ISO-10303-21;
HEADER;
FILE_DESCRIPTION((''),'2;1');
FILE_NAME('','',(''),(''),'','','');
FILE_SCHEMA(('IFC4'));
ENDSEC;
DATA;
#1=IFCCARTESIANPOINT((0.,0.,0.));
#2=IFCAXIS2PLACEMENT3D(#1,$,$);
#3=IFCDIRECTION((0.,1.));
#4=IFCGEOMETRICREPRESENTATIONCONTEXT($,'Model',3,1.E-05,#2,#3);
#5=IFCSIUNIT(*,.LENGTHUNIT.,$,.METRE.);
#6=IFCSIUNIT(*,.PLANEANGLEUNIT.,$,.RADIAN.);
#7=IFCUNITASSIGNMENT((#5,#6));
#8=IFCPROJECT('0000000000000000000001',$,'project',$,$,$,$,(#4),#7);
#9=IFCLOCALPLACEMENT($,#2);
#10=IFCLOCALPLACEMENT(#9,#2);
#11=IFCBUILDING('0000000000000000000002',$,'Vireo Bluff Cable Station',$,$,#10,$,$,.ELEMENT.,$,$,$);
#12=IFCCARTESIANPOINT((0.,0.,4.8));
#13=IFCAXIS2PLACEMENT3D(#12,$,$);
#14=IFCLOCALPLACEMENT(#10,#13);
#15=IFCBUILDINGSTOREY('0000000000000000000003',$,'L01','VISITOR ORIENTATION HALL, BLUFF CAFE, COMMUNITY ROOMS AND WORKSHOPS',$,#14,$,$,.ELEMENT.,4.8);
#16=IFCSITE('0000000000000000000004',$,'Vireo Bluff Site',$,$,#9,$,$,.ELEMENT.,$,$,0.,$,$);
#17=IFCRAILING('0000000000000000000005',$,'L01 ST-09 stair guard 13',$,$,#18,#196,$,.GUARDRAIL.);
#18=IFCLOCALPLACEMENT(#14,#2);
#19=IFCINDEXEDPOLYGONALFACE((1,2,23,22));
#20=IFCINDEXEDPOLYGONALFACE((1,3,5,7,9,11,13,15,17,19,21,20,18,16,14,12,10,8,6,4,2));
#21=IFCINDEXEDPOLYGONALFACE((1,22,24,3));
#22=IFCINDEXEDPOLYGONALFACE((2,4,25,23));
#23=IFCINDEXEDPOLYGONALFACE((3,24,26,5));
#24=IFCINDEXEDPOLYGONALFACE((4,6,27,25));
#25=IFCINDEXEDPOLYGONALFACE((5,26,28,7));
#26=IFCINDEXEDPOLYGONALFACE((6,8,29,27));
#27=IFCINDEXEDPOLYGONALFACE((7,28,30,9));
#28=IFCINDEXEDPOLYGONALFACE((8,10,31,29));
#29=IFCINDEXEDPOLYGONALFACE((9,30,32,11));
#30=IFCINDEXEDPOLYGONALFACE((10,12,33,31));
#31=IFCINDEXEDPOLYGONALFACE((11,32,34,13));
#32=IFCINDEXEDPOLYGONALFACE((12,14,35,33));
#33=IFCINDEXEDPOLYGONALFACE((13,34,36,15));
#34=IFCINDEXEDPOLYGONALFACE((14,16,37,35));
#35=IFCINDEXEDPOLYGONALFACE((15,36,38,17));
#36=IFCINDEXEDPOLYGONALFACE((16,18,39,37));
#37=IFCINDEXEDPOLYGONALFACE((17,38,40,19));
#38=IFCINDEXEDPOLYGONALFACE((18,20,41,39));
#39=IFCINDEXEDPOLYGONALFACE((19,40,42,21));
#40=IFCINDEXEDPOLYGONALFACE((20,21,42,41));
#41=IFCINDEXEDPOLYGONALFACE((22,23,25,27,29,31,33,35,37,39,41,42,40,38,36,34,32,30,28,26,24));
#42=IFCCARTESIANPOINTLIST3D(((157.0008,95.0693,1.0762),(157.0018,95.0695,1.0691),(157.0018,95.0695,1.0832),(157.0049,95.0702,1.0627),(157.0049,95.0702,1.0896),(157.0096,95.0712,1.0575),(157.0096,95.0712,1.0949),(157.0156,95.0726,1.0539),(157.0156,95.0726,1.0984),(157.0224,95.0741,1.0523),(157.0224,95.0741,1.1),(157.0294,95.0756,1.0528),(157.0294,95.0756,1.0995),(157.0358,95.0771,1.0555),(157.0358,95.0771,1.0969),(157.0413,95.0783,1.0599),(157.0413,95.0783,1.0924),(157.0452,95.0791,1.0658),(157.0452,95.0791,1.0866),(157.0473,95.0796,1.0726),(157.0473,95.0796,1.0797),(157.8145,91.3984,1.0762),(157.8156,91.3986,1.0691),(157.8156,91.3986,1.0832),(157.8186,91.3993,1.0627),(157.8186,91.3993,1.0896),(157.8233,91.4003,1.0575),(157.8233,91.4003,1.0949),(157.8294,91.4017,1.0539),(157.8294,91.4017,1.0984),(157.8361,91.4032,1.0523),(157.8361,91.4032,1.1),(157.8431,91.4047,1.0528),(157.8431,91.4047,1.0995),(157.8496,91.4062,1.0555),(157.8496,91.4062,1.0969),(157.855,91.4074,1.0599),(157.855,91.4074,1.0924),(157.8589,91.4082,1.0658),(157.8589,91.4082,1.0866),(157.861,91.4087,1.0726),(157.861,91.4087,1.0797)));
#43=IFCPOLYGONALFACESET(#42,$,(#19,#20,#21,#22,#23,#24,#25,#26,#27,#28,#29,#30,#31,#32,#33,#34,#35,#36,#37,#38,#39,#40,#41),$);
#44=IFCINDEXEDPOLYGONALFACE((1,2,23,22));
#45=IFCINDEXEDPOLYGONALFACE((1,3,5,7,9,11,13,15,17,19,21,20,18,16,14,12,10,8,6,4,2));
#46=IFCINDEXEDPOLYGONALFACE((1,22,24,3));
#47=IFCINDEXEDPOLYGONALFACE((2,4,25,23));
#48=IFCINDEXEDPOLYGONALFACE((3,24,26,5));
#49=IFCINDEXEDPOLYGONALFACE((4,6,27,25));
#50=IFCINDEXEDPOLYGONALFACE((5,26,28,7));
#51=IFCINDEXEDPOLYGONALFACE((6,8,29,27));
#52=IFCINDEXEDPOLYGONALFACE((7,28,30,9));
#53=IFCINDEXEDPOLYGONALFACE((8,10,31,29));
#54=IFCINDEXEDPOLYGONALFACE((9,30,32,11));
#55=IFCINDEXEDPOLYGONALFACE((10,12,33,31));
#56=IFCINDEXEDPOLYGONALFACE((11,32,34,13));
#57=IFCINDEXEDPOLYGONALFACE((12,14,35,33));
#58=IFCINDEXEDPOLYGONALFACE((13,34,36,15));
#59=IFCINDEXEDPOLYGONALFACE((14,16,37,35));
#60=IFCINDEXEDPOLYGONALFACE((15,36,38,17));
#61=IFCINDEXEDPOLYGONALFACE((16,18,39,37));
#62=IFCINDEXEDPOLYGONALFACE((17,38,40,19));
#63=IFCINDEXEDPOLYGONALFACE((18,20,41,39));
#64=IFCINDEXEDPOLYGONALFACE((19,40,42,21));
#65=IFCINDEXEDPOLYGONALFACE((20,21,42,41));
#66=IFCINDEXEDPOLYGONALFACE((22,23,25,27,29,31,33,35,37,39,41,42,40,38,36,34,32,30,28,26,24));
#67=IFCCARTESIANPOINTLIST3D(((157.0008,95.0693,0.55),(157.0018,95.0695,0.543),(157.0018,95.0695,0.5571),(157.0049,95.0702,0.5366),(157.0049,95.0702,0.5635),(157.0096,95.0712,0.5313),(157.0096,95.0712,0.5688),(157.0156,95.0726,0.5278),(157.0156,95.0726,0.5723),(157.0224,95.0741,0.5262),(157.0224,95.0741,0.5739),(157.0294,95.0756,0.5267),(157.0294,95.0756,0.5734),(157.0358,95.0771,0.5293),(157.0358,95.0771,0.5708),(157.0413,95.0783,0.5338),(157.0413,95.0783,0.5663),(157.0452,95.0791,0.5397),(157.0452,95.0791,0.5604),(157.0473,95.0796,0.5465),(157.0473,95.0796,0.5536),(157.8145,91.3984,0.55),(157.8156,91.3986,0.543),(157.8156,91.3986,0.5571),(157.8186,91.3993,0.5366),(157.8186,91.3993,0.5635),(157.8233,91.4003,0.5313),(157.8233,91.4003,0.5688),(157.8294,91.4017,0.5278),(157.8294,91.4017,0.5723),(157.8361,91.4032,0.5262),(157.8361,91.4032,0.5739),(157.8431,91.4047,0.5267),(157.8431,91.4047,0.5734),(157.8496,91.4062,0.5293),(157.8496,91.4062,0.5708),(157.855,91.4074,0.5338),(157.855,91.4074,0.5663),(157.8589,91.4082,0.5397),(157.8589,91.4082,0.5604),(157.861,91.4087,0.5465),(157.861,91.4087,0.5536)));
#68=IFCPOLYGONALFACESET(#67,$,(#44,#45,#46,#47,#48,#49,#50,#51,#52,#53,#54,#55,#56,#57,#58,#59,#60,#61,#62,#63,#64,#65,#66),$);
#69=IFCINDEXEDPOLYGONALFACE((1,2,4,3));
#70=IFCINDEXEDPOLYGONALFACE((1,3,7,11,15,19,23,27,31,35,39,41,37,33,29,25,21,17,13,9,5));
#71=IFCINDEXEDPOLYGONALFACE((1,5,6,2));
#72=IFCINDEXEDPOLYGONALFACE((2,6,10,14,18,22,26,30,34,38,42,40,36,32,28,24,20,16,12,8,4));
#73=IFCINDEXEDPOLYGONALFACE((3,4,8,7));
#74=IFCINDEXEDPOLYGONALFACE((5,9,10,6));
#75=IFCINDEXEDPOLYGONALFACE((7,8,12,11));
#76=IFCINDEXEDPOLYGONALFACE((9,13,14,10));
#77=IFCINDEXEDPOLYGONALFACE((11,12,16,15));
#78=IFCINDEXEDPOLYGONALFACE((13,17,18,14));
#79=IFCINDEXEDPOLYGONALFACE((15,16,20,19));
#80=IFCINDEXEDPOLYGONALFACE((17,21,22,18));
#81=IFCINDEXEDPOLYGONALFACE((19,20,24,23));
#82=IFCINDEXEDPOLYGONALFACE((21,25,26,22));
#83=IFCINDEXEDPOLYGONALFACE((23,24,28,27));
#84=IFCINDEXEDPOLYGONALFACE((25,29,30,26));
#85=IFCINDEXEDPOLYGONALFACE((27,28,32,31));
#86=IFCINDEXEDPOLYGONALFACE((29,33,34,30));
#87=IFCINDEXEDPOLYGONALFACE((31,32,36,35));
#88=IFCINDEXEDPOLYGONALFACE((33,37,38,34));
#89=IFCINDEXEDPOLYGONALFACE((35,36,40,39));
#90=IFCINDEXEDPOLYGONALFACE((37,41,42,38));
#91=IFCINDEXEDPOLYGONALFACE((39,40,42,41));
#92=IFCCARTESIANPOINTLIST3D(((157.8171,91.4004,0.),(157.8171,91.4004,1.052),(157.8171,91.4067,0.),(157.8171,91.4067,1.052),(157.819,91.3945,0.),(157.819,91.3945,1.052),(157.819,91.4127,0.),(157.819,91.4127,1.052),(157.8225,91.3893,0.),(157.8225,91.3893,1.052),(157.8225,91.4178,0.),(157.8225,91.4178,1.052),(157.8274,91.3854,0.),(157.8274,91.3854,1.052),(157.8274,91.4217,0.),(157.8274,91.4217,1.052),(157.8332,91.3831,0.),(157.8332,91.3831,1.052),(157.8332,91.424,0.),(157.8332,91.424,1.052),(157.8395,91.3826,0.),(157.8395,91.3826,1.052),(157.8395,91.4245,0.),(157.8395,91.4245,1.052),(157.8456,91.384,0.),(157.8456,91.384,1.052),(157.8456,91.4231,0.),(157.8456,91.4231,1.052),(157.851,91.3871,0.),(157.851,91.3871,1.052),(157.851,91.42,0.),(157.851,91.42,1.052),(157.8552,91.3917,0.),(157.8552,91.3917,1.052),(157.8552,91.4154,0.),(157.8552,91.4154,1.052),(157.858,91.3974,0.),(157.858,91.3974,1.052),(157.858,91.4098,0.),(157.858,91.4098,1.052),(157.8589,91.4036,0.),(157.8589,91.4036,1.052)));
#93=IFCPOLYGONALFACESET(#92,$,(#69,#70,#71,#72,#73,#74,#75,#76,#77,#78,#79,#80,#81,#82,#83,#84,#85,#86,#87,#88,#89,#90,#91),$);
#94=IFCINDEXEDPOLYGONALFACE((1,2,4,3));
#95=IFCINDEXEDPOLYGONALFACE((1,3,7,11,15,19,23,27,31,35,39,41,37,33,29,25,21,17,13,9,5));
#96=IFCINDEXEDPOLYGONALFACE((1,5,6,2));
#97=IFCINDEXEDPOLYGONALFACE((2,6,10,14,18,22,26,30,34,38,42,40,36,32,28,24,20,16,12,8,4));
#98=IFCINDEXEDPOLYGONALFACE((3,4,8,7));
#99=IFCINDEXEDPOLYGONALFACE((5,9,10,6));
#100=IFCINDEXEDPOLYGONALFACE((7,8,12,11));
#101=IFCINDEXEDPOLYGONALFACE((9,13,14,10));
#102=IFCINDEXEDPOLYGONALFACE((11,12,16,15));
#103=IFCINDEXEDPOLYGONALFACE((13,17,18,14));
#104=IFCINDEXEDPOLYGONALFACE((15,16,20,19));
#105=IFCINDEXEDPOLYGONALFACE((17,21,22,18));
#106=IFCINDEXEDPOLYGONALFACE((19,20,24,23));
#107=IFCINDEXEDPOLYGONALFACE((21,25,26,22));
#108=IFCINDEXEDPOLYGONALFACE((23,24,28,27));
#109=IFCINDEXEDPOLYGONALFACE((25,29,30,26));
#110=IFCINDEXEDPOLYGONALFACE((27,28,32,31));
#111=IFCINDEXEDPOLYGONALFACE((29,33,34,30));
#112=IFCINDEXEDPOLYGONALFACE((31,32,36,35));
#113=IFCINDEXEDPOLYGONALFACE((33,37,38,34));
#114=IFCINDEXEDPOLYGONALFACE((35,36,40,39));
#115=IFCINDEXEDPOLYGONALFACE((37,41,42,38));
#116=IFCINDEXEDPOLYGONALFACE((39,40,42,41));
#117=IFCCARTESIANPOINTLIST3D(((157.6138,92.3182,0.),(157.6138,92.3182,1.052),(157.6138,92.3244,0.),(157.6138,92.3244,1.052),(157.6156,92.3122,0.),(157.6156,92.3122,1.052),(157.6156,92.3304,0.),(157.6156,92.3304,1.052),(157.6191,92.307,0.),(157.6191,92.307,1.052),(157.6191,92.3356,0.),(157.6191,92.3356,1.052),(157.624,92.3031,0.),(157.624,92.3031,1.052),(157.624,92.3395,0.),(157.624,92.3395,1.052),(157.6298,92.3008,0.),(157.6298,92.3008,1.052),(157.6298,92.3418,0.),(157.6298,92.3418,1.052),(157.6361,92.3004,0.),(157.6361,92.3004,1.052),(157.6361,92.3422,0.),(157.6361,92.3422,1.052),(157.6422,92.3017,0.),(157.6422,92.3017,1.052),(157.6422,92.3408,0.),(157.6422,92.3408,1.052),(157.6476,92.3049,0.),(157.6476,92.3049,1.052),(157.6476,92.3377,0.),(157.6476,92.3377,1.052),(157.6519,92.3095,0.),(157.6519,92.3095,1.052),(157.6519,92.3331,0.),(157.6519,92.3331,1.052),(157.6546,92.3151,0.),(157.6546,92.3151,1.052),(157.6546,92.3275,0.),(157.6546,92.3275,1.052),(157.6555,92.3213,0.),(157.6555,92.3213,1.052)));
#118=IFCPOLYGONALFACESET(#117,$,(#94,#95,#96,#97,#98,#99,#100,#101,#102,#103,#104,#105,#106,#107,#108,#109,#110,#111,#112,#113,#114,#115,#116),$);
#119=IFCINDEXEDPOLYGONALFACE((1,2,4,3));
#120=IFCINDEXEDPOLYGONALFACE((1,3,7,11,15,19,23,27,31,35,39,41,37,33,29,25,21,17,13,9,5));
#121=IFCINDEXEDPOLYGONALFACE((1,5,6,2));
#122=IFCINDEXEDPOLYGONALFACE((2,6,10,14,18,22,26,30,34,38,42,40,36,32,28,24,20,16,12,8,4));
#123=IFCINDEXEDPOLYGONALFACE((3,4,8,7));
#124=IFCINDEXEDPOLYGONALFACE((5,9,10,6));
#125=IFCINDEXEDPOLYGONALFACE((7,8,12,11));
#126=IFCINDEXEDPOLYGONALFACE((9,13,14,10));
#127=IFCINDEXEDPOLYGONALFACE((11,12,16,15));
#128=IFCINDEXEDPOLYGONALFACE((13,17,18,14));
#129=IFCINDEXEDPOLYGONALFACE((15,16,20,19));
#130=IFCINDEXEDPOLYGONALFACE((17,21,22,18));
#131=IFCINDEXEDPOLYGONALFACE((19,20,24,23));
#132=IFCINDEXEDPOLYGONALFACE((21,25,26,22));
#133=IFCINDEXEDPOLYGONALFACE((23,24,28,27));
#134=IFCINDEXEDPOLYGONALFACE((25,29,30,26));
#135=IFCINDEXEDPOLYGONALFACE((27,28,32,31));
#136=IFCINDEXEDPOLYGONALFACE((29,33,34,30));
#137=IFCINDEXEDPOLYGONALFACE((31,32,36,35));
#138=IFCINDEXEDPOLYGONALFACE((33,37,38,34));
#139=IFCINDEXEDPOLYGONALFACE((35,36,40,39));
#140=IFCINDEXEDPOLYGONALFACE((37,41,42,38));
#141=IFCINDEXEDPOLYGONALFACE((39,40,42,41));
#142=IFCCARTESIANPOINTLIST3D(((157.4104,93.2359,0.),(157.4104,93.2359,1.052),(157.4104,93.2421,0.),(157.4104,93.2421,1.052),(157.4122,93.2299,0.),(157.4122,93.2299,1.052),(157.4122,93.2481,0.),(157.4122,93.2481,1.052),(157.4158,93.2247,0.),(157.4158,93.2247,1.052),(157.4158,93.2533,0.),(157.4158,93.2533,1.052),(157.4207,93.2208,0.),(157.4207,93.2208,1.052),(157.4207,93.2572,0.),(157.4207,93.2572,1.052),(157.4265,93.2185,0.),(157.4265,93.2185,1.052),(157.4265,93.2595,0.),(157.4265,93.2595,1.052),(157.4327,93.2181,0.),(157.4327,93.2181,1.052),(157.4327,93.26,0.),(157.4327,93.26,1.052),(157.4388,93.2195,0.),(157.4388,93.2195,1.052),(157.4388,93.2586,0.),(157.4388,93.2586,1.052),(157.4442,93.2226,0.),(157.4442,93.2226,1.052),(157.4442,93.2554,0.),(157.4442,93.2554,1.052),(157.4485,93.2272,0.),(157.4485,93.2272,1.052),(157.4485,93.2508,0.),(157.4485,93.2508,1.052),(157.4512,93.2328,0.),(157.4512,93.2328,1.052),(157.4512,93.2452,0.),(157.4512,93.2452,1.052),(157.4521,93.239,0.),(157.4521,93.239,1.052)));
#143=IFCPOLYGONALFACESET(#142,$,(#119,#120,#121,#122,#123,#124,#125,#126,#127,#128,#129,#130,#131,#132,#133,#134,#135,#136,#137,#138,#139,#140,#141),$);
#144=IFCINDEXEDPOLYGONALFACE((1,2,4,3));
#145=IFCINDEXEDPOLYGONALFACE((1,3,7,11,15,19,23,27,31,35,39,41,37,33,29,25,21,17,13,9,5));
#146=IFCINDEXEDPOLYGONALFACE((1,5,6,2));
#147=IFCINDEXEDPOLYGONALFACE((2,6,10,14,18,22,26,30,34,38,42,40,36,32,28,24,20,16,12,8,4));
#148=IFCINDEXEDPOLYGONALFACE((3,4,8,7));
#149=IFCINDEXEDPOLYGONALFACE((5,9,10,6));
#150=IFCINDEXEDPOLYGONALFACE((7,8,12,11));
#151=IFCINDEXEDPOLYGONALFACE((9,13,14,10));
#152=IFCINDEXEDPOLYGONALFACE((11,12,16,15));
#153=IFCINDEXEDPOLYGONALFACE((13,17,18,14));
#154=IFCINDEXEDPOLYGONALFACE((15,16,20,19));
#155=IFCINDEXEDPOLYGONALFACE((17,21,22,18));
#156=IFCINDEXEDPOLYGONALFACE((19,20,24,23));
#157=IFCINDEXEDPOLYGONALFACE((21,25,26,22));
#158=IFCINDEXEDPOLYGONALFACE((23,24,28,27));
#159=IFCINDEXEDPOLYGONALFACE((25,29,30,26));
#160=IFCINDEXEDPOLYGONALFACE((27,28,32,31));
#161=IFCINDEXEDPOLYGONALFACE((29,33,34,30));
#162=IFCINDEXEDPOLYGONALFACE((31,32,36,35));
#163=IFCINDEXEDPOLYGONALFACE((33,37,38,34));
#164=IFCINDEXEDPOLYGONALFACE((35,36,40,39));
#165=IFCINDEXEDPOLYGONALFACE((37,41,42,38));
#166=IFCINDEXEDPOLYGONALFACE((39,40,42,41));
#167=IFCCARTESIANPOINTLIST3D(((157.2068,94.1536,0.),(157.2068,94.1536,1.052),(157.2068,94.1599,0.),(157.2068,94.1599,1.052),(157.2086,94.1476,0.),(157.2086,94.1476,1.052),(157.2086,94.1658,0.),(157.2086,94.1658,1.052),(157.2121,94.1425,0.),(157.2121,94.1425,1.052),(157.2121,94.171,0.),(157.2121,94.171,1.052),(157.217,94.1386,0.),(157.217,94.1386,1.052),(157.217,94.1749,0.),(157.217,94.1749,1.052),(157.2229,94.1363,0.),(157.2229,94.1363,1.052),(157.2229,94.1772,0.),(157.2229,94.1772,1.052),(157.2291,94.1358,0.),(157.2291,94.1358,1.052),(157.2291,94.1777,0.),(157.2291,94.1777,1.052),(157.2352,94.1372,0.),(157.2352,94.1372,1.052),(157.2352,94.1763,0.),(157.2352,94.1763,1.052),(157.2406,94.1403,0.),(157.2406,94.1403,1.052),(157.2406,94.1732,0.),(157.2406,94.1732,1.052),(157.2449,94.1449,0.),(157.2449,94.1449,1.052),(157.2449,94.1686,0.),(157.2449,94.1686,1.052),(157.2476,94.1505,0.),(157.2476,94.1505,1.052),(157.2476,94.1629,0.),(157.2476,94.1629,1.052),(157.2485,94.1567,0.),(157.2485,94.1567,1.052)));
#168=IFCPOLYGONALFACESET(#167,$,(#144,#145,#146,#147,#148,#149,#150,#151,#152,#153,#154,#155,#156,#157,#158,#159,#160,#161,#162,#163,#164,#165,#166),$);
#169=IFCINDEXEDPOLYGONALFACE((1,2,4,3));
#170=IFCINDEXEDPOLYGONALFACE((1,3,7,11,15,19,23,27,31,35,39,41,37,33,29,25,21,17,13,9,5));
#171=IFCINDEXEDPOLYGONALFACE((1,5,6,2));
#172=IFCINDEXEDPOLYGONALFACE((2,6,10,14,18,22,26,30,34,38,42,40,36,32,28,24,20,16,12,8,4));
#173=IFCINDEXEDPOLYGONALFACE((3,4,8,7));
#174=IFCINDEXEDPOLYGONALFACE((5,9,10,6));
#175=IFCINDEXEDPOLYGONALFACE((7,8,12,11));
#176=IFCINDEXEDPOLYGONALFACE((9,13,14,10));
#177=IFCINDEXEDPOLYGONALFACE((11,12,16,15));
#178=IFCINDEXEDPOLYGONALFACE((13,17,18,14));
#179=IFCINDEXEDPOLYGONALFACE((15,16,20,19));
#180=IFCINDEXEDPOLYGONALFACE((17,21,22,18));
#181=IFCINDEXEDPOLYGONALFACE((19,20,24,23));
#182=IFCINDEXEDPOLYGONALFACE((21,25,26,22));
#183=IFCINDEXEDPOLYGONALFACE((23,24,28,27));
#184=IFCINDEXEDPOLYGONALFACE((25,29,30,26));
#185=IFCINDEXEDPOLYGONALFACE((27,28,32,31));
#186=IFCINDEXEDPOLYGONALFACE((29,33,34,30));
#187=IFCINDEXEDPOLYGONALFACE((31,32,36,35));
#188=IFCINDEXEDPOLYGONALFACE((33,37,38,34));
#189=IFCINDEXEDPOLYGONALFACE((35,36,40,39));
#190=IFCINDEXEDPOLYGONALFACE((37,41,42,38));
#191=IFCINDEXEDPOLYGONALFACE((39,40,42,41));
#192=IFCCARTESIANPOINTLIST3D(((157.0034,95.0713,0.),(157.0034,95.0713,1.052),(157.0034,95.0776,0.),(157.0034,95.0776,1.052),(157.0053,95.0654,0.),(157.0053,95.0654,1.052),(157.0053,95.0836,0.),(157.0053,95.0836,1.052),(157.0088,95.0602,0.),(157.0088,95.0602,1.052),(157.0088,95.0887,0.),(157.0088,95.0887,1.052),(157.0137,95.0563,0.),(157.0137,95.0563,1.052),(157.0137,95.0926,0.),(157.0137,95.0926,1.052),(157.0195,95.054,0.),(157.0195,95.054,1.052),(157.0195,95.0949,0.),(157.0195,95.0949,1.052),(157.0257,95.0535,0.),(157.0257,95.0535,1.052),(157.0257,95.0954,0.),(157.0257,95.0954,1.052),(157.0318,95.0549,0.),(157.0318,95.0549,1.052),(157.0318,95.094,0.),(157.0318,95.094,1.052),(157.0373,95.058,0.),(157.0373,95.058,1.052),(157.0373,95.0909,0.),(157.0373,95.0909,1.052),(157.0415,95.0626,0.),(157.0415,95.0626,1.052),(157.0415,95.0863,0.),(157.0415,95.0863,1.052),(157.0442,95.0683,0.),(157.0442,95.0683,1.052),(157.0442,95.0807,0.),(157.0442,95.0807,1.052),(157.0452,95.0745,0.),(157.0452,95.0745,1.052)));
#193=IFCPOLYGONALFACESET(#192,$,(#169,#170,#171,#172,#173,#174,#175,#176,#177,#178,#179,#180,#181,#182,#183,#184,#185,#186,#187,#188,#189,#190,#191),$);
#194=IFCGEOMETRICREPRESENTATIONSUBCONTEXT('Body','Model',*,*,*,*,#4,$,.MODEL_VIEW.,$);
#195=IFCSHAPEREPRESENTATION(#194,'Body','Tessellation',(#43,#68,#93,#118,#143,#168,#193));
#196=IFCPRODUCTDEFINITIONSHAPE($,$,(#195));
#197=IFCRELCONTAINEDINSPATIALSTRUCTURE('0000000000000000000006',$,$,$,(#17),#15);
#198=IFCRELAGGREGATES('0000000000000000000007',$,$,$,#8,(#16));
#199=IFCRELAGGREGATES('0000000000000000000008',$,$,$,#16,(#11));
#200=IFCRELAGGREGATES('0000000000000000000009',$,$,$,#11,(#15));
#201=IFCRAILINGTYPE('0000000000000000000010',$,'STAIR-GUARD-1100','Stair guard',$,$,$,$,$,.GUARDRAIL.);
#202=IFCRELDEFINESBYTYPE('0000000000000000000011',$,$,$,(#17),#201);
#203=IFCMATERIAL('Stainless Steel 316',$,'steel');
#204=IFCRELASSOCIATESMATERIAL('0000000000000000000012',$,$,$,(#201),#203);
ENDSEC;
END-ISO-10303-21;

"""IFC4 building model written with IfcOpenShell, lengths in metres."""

from ifc_helpers import new_model, si_unit, direction, frame, origin, origin_2d, place, context, subcontext, project, spatial, circle, extrude, material, type_object, element, save


model = new_model("IFC4")

# Units and contexts
model_context = context("Model", 3, precision=1e-05, world=origin(), true_north=direction((0.0, 1.0)))
body_context = subcontext(model_context, "Body", "Model", "MODEL_VIEW")
ifc_project = project(units=[si_unit("LENGTHUNIT", "METRE"), si_unit("PLANEANGLEUNIT", "RADIAN")], contexts=[model_context])

# Site, building, storey
site_placement = place(None, origin())
site = spatial("IfcSite", under=ifc_project, at=site_placement, Name="Vireo Bluff Site", CompositionType="ELEMENT", RefElevation=0.0)
building_placement = place(site_placement, origin())
building = spatial("IfcBuilding", under=site, at=building_placement, Name="Vireo Bluff Cable Station", CompositionType="ELEMENT")
storey_placement = place(building_placement, frame((0.0, 0.0, 4.8)))
storey = spatial("IfcBuildingStorey", under=building, at=storey_placement, Name="L01", Description="VISITOR ORIENTATION HALL, BLUFF CAFE, COMMUNITY ROOMS AND WORKSHOPS", CompositionType="ELEMENT", Elevation=4.8)

# Railing
ifc_material_1 = material(Name="Stainless Steel 316", Category="steel")
railing_type_1 = type_object("IfcRailingType", Name="STAIR-GUARD-1100", Description="Stair guard", PredefinedType="GUARDRAIL", material=ifc_material_1)
railing_1_placement = place(storey_placement, frame((157.8379, 91.4036, 0.0)))
element("IfcRailing", 1, at=railing_1_placement, inside=storey, type_object=railing_type_1, Name="L01 ST-09 stair guard 13", PredefinedType="GUARDRAIL", context=body_context, shape_type="SweptSolid", body=[
    extrude(circle(Radius=0.0239, at=origin_2d()), frame((0.0, 0.0, 1.0762), z_axis=(-0.216415, 0.976302, 0.0), x_axis=(-0.976302, -0.216415, 0.0)), (0.0, 0.0, 1.0), 3.76),
    extrude(circle(Radius=0.0239, at=origin_2d()), frame((0.0, 0.0, 0.55), z_axis=(-0.216415, 0.976302, 0.0), x_axis=(-0.976302, -0.216415, 0.0)), (0.0, 0.0, 1.0), 3.76),
    extrude(circle(Radius=0.021, at=origin_2d()), origin(), (0.0, 0.0, 1.0), 1.052),
    extrude(circle(Radius=0.021, at=origin_2d()), frame((-0.2034, 0.9177, 0.0)), (0.0, 0.0, 1.0), 1.052),
    extrude(circle(Radius=0.021, at=origin_2d()), frame((-0.4067, 1.8354, 0.0)), (0.0, 0.0, 1.0), 1.052),
    extrude(circle(Radius=0.021, at=origin_2d()), frame((-0.6104, 2.7532, 0.0)), (0.0, 0.0, 1.0), 1.052),
    extrude(circle(Radius=0.021, at=origin_2d()), frame((-0.8137, 3.6709, 0.0)), (0.0, 0.0, 1.0), 1.052),
])

save(model, "model.ifc")
